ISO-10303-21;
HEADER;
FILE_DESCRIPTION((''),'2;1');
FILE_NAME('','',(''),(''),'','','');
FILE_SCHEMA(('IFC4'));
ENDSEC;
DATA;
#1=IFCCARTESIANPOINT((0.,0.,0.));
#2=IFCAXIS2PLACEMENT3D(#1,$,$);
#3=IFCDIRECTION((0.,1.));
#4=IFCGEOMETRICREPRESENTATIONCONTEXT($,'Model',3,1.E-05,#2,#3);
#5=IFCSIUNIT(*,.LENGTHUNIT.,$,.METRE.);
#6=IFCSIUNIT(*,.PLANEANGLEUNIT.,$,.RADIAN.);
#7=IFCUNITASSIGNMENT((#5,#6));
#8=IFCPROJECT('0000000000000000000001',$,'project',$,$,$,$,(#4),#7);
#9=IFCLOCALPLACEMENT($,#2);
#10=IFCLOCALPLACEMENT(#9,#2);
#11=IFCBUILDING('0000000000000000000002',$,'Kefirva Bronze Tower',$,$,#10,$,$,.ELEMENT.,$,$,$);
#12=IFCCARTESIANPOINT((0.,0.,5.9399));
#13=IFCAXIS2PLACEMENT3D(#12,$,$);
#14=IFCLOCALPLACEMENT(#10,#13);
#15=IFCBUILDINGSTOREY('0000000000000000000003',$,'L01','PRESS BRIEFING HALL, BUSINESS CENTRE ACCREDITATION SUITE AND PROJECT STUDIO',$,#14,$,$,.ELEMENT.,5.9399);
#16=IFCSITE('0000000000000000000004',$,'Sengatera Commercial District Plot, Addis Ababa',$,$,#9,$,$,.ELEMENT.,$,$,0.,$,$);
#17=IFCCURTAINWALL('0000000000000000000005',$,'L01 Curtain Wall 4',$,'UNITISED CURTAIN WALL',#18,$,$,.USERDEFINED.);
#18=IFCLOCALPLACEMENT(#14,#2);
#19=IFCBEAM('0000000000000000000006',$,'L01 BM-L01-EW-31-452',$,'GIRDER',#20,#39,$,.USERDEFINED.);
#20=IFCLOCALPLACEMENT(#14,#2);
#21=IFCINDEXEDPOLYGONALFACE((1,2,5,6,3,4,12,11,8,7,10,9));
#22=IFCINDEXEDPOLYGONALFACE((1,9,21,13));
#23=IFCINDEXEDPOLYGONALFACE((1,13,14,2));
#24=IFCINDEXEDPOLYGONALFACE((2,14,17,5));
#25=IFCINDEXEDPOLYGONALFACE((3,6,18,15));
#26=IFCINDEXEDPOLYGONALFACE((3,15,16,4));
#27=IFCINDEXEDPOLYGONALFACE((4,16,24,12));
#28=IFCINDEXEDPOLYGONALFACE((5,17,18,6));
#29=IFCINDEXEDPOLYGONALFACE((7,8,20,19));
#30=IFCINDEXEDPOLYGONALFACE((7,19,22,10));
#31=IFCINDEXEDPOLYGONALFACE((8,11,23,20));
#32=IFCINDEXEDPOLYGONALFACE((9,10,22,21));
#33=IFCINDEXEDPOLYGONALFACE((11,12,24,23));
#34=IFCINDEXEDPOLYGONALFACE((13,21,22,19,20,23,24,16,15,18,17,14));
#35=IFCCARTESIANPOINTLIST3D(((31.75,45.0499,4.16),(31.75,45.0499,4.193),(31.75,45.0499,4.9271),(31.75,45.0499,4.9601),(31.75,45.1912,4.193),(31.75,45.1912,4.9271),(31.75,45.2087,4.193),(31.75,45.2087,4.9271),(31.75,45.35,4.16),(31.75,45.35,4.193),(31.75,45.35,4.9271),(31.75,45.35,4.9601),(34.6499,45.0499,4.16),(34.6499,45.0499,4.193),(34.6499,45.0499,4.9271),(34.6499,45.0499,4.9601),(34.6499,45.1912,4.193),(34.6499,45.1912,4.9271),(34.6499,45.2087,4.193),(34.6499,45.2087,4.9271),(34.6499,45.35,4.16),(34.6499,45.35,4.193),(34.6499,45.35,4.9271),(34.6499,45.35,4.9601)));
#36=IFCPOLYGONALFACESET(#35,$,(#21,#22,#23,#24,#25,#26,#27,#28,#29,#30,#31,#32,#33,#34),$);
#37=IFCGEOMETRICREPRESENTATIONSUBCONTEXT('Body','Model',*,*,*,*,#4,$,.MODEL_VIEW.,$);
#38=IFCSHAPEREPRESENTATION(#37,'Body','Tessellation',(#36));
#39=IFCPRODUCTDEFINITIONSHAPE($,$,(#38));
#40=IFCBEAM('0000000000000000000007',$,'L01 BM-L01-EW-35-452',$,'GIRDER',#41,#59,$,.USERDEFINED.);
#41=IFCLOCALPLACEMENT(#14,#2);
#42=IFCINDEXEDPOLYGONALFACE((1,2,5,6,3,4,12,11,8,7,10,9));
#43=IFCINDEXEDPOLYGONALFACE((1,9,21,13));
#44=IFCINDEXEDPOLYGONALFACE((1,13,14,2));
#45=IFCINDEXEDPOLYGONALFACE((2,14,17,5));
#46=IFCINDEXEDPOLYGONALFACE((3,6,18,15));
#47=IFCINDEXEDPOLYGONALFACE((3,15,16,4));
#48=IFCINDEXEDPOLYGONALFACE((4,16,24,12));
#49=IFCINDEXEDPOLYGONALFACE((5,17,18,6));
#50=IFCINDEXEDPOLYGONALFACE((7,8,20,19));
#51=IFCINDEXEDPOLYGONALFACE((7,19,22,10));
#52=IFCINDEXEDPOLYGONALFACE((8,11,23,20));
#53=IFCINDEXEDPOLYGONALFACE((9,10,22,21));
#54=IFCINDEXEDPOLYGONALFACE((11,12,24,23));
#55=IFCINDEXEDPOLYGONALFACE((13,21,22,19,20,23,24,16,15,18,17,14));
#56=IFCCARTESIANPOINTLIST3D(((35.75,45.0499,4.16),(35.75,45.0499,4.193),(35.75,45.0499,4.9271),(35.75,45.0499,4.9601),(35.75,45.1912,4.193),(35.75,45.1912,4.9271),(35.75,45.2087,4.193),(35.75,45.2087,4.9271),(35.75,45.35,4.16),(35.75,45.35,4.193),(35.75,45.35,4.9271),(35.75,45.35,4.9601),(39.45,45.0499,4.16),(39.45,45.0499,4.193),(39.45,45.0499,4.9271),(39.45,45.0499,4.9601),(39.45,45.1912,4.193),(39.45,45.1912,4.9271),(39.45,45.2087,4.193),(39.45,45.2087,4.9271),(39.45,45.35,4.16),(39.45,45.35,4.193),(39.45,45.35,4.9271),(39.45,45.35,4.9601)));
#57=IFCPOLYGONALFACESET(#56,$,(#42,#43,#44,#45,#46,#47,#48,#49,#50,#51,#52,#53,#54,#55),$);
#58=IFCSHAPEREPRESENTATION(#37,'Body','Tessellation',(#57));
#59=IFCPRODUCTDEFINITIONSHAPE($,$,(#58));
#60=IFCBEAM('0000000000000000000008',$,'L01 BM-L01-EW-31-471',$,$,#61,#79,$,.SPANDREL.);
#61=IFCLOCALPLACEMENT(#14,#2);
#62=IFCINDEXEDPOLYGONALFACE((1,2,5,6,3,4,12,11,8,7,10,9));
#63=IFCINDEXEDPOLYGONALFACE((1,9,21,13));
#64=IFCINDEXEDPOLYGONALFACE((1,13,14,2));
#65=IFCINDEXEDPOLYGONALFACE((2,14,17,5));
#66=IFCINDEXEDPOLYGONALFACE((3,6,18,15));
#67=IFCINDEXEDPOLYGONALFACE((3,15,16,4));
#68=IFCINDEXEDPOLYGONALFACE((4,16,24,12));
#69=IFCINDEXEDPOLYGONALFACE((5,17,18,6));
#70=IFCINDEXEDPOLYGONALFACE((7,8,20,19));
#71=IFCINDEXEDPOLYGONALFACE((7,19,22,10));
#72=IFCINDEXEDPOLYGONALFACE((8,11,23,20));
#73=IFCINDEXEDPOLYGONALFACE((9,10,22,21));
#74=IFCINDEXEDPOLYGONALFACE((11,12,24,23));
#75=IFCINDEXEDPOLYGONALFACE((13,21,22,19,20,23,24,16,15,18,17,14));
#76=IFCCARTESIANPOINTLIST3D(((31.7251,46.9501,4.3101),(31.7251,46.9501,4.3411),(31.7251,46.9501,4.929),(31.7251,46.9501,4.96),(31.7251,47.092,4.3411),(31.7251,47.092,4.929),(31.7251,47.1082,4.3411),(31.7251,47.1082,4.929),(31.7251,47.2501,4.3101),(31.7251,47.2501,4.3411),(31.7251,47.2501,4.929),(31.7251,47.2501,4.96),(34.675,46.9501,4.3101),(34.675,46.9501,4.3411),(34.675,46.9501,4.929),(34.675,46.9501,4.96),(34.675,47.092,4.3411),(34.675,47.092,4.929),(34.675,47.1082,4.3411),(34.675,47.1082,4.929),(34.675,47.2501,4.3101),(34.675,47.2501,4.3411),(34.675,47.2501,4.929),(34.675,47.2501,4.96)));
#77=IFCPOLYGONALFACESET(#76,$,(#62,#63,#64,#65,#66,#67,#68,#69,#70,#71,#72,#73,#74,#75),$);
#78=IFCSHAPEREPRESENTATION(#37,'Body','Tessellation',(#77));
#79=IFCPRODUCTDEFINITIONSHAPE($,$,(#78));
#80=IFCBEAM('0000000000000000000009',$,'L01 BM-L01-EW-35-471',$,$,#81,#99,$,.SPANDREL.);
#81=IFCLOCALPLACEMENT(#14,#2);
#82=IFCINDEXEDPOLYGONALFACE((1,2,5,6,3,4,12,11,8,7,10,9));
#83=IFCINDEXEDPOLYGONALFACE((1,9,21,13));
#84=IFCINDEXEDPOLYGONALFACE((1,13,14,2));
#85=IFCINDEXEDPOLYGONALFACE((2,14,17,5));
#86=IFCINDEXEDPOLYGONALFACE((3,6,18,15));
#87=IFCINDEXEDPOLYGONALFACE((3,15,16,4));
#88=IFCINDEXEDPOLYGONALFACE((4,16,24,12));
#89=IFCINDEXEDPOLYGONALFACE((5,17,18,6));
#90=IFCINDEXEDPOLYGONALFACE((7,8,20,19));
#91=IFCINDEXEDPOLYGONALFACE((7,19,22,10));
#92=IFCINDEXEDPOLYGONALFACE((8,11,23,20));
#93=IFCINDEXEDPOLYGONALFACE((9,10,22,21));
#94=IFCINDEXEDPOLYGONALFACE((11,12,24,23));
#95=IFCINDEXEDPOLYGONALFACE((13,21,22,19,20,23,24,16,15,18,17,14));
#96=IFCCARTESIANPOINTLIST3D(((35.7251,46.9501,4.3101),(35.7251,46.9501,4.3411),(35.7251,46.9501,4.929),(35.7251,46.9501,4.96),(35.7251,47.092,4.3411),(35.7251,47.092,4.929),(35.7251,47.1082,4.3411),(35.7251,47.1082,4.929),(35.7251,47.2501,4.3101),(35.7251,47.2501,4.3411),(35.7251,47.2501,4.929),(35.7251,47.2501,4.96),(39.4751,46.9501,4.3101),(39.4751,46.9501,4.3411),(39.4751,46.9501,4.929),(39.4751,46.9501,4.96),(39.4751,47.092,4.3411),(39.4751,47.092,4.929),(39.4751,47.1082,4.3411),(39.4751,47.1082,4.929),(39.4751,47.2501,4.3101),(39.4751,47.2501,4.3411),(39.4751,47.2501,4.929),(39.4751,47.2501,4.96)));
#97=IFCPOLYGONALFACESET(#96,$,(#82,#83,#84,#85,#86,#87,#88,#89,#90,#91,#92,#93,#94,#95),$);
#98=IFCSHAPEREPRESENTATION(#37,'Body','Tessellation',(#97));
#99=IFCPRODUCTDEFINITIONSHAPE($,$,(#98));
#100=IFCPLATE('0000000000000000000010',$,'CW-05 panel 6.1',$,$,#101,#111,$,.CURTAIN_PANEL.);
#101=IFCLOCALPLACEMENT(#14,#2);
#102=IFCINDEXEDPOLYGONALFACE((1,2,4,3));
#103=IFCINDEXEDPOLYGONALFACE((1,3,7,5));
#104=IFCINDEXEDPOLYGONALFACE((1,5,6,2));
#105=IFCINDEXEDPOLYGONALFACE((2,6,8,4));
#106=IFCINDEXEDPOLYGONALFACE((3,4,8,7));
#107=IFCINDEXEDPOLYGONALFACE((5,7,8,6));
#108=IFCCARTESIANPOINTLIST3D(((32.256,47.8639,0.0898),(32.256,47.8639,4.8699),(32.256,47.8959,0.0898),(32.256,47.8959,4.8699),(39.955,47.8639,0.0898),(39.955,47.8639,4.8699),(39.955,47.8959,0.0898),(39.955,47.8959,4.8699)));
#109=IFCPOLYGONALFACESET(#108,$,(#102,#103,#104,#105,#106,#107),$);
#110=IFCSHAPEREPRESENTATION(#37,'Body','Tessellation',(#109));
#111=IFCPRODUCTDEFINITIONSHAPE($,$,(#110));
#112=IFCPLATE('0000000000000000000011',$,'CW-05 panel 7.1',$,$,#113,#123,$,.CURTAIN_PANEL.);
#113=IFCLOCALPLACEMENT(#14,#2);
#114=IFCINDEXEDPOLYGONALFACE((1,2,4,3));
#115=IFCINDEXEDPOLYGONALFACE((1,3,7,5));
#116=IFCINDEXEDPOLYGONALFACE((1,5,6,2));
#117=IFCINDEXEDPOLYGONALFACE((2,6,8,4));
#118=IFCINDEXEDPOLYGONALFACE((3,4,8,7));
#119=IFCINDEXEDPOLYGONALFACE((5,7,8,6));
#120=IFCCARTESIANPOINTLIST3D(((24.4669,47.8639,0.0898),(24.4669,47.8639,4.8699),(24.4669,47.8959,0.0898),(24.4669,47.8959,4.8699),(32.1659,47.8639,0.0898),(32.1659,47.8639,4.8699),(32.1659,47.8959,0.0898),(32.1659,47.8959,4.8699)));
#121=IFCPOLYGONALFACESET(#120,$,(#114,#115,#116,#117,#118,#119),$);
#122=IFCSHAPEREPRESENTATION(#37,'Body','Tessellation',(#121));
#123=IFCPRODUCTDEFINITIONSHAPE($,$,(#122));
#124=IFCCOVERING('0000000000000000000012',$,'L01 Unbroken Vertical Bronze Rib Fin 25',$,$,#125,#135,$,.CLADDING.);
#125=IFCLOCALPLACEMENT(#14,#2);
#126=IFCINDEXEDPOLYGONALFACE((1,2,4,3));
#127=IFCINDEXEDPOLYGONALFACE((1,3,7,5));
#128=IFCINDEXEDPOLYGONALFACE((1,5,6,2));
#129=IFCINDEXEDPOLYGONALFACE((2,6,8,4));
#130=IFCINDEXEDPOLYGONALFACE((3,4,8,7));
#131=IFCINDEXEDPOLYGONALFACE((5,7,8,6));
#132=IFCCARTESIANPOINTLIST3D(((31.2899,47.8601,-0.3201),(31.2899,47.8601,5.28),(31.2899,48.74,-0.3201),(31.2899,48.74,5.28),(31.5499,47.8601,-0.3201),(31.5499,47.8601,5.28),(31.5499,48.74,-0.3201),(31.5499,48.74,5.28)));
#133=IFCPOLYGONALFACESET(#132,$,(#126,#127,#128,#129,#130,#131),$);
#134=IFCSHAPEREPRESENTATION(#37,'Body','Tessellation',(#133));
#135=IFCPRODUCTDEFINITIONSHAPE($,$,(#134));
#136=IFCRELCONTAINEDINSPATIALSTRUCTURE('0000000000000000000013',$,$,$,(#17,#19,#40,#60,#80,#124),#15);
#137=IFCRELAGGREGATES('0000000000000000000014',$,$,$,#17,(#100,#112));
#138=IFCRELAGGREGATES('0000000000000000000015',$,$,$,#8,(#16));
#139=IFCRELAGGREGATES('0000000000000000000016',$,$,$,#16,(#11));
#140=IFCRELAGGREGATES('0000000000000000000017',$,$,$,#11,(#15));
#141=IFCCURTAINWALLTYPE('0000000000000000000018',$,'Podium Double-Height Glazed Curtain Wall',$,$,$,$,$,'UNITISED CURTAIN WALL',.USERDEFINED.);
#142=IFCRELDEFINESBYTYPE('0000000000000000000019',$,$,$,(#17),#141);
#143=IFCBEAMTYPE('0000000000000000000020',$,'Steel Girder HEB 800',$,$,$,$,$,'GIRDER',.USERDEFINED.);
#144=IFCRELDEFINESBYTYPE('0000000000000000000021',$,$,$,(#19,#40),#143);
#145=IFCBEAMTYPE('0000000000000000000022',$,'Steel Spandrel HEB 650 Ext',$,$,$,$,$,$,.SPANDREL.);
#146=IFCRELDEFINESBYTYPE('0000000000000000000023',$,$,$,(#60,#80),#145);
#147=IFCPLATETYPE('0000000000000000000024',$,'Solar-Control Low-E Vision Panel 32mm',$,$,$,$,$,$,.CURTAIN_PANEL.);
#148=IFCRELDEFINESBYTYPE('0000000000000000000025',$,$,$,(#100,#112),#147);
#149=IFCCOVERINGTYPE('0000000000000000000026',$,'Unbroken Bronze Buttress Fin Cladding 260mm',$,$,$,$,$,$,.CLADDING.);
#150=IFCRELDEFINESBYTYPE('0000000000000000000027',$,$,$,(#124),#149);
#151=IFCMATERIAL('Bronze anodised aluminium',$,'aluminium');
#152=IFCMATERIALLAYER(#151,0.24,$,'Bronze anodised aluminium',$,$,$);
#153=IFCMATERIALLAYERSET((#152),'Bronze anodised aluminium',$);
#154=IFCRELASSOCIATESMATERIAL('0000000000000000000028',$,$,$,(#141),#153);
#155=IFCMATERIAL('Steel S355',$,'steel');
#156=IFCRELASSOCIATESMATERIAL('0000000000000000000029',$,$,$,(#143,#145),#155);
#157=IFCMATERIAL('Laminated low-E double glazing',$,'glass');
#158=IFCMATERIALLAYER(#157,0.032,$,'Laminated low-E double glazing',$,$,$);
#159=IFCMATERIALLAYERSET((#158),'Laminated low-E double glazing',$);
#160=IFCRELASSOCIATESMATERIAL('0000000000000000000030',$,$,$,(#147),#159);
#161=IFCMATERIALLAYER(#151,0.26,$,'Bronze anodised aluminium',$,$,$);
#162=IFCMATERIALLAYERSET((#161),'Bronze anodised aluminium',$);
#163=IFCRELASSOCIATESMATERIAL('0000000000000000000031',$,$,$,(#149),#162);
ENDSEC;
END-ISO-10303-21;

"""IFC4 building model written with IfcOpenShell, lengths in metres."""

from ifc_helpers import new_model, si_unit, direction, frame, origin, origin_2d, place, context, subcontext, project, spatial, rectangle, i_section, extrude, material, layer, layer_set, material_profile, profile_set, type_object, element, aggregate, save


model = new_model("IFC4")

# Units and contexts
model_context = context("Model", 3, precision=1e-05, world=origin(), true_north=direction((0.0, 1.0)))
body_context = subcontext(model_context, "Body", "Model", "MODEL_VIEW")
ifc_project = project(units=[si_unit("LENGTHUNIT", "METRE"), si_unit("PLANEANGLEUNIT", "RADIAN")], contexts=[model_context])

# Site, building, storey
site_placement = place(None, origin())
site = spatial("IfcSite", under=ifc_project, at=site_placement, Name="Sengatera Commercial District Plot, Addis Ababa", CompositionType="ELEMENT", RefElevation=0.0)
building_placement = place(site_placement, origin())
building = spatial("IfcBuilding", under=site, at=building_placement, Name="Kefirva Bronze Tower", CompositionType="ELEMENT")
storey_placement = place(building_placement, frame((0.0, 0.0, 5.9399)))
storey = spatial("IfcBuildingStorey", under=building, at=storey_placement, Name="L01", Description="PRESS BRIEFING HALL, BUSINESS CENTRE ACCREDITATION SUITE AND PROJECT STUDIO", CompositionType="ELEMENT", Elevation=5.9399)

# Curtain wall
ifc_material_1 = material(Name="Bronze anodised aluminium", Category="aluminium")
ifc_layer_1 = layer(ifc_material_1, 0.24, Name="Bronze anodised aluminium")
ifc_layer_set_1 = layer_set([ifc_layer_1], Name="Bronze anodised aluminium")
curtain_wall_type = type_object("IfcCurtainWallType", Name="Podium Double-Height Glazed Curtain Wall", ElementType="UNITISED CURTAIN WALL", PredefinedType="USERDEFINED", material=ifc_layer_set_1)
curtain_wall_placement = place(storey_placement, origin())
curtain_wall = element("IfcCurtainWall", 1, at=curtain_wall_placement, inside=storey, type_object=curtain_wall_type, Name="L01 Curtain Wall 4", ObjectType="UNITISED CURTAIN WALL", PredefinedType="USERDEFINED")

# Beams
ifc_material_2 = material(Name="Steel S355", Category="steel")
ifc_material_profile_1 = material_profile(ifc_material_2, i_section(OverallWidth=0.3, OverallDepth=0.8, WebThickness=0.0176, FlangeThickness=0.033, at=origin_2d()), Name="HEB 800")
ifc_profile_set_1 = profile_set([ifc_material_profile_1], Name="Steel S355")
beam_type_1 = type_object("IfcBeamType", Name="Steel Girder HEB 800", ElementType="GIRDER", PredefinedType="USERDEFINED", material=ifc_profile_set_1)
beam_1_placement = place(storey_placement, frame((31.75, 45.2, 4.5601), z_axis=(1.0, 0.0, 0.0), x_axis=(0.0, 1.0, 0.0)))
element("IfcBeam", 2, at=beam_1_placement, inside=storey, type_object=beam_type_1, Name="L01 BM-L01-EW-31-452", ObjectType="GIRDER", PredefinedType="USERDEFINED", context=body_context, shape_type="SweptSolid", body=[
    extrude(i_section(OverallWidth=0.3, OverallDepth=0.8, WebThickness=0.0176, FlangeThickness=0.033, at=origin_2d()), origin(), (0.0, 0.0, 1.0), 2.8999),
])
beam_2_placement = place(storey_placement, frame((35.75, 45.2, 4.5601), z_axis=(1.0, 0.0, 0.0), x_axis=(0.0, 1.0, 0.0)))
element("IfcBeam", 3, at=beam_2_placement, inside=storey, type_object=beam_type_1, Name="L01 BM-L01-EW-35-452", ObjectType="GIRDER", PredefinedType="USERDEFINED", context=body_context, shape_type="SweptSolid", body=[
    extrude(i_section(OverallWidth=0.3, OverallDepth=0.8, WebThickness=0.0176, FlangeThickness=0.033, at=origin_2d()), origin(), (0.0, 0.0, 1.0), 3.7),
])
ifc_material_profile_2 = material_profile(ifc_material_2, i_section(OverallWidth=0.3, OverallDepth=0.6499, WebThickness=0.0161, FlangeThickness=0.031, at=origin_2d()), Name="HEB 650")
ifc_profile_set_2 = profile_set([ifc_material_profile_2], Name="Steel S355")
beam_type_2 = type_object("IfcBeamType", Name="Steel Spandrel HEB 650 Ext", PredefinedType="SPANDREL", material=ifc_profile_set_2)
beam_3_placement = place(storey_placement, frame((31.7251, 47.1001, 4.635), z_axis=(1.0, 0.0, 0.0), x_axis=(0.0, 1.0, 0.0)))
element("IfcBeam", 4, at=beam_3_placement, inside=storey, type_object=beam_type_2, Name="L01 BM-L01-EW-31-471", PredefinedType="SPANDREL", context=body_context, shape_type="SweptSolid", body=[
    extrude(i_section(OverallWidth=0.3, OverallDepth=0.6499, WebThickness=0.0161, FlangeThickness=0.031, at=origin_2d()), origin(), (0.0, 0.0, 1.0), 2.95),
])
beam_4_placement = place(storey_placement, frame((35.7251, 47.1001, 4.635), z_axis=(1.0, 0.0, 0.0), x_axis=(0.0, 1.0, 0.0)))
element("IfcBeam", 5, at=beam_4_placement, inside=storey, type_object=beam_type_2, Name="L01 BM-L01-EW-35-471", PredefinedType="SPANDREL", context=body_context, shape_type="SweptSolid", body=[
    extrude(i_section(OverallWidth=0.3, OverallDepth=0.6499, WebThickness=0.0161, FlangeThickness=0.031, at=origin_2d()), origin(), (0.0, 0.0, 1.0), 3.75),
])

# Plates
ifc_material_3 = material(Name="Laminated low-E double glazing", Category="glass")
ifc_layer_2 = layer(ifc_material_3, 0.032, Name="Laminated low-E double glazing")
ifc_layer_set_2 = layer_set([ifc_layer_2], Name="Laminated low-E double glazing")
plate_type = type_object("IfcPlateType", Name="Solar-Control Low-E Vision Panel 32mm", PredefinedType="CURTAIN_PANEL", material=ifc_layer_set_2)
plate_1_placement = place(storey_placement, frame((36.1055, 47.8799, 0.0898), z_axis=(0.0, 0.0, 1.0), x_axis=(-1.0, 0.0, 0.0)))
plate_1 = element("IfcPlate", 6, at=plate_1_placement, type_object=plate_type, Name="CW-05 panel 6.1", PredefinedType="CURTAIN_PANEL", context=body_context, shape_type="SweptSolid", body=[
    extrude(rectangle(XDim=7.699, YDim=0.032, at=origin_2d()), origin(), (0.0, 0.0, 1.0), 4.78),
])
plate_2_placement = place(storey_placement, frame((28.3164, 47.8799, 0.0898), z_axis=(0.0, 0.0, 1.0), x_axis=(-1.0, 0.0, 0.0)))
plate_2 = element("IfcPlate", 7, at=plate_2_placement, type_object=plate_type, Name="CW-05 panel 7.1", PredefinedType="CURTAIN_PANEL", context=body_context, shape_type="SweptSolid", body=[
    extrude(rectangle(XDim=7.699, YDim=0.032, at=origin_2d()), origin(), (0.0, 0.0, 1.0), 4.78),
])
aggregate(curtain_wall, [plate_1, plate_2])

# Covering
ifc_layer_3 = layer(ifc_material_1, 0.26, Name="Bronze anodised aluminium")
ifc_layer_set_3 = layer_set([ifc_layer_3], Name="Bronze anodised aluminium")
covering_type = type_object("IfcCoveringType", Name="Unbroken Bronze Buttress Fin Cladding 260mm", PredefinedType="CLADDING", material=ifc_layer_set_3)
covering_placement = place(storey_placement, frame((31.4199, 48.3, -0.3201), z_axis=(0.0, 0.0, 1.0), x_axis=(-1.0, 0.0, 0.0)))
element("IfcCovering", 8, at=covering_placement, inside=storey, type_object=covering_type, Name="L01 Unbroken Vertical Bronze Rib Fin 25", PredefinedType="CLADDING", context=body_context, shape_type="SweptSolid", body=[
    extrude(rectangle(XDim=0.26, YDim=0.8799, at=origin_2d()), origin(), (0.0, 0.0, 1.0), 5.6001),
])

save(model, "model.ifc")
